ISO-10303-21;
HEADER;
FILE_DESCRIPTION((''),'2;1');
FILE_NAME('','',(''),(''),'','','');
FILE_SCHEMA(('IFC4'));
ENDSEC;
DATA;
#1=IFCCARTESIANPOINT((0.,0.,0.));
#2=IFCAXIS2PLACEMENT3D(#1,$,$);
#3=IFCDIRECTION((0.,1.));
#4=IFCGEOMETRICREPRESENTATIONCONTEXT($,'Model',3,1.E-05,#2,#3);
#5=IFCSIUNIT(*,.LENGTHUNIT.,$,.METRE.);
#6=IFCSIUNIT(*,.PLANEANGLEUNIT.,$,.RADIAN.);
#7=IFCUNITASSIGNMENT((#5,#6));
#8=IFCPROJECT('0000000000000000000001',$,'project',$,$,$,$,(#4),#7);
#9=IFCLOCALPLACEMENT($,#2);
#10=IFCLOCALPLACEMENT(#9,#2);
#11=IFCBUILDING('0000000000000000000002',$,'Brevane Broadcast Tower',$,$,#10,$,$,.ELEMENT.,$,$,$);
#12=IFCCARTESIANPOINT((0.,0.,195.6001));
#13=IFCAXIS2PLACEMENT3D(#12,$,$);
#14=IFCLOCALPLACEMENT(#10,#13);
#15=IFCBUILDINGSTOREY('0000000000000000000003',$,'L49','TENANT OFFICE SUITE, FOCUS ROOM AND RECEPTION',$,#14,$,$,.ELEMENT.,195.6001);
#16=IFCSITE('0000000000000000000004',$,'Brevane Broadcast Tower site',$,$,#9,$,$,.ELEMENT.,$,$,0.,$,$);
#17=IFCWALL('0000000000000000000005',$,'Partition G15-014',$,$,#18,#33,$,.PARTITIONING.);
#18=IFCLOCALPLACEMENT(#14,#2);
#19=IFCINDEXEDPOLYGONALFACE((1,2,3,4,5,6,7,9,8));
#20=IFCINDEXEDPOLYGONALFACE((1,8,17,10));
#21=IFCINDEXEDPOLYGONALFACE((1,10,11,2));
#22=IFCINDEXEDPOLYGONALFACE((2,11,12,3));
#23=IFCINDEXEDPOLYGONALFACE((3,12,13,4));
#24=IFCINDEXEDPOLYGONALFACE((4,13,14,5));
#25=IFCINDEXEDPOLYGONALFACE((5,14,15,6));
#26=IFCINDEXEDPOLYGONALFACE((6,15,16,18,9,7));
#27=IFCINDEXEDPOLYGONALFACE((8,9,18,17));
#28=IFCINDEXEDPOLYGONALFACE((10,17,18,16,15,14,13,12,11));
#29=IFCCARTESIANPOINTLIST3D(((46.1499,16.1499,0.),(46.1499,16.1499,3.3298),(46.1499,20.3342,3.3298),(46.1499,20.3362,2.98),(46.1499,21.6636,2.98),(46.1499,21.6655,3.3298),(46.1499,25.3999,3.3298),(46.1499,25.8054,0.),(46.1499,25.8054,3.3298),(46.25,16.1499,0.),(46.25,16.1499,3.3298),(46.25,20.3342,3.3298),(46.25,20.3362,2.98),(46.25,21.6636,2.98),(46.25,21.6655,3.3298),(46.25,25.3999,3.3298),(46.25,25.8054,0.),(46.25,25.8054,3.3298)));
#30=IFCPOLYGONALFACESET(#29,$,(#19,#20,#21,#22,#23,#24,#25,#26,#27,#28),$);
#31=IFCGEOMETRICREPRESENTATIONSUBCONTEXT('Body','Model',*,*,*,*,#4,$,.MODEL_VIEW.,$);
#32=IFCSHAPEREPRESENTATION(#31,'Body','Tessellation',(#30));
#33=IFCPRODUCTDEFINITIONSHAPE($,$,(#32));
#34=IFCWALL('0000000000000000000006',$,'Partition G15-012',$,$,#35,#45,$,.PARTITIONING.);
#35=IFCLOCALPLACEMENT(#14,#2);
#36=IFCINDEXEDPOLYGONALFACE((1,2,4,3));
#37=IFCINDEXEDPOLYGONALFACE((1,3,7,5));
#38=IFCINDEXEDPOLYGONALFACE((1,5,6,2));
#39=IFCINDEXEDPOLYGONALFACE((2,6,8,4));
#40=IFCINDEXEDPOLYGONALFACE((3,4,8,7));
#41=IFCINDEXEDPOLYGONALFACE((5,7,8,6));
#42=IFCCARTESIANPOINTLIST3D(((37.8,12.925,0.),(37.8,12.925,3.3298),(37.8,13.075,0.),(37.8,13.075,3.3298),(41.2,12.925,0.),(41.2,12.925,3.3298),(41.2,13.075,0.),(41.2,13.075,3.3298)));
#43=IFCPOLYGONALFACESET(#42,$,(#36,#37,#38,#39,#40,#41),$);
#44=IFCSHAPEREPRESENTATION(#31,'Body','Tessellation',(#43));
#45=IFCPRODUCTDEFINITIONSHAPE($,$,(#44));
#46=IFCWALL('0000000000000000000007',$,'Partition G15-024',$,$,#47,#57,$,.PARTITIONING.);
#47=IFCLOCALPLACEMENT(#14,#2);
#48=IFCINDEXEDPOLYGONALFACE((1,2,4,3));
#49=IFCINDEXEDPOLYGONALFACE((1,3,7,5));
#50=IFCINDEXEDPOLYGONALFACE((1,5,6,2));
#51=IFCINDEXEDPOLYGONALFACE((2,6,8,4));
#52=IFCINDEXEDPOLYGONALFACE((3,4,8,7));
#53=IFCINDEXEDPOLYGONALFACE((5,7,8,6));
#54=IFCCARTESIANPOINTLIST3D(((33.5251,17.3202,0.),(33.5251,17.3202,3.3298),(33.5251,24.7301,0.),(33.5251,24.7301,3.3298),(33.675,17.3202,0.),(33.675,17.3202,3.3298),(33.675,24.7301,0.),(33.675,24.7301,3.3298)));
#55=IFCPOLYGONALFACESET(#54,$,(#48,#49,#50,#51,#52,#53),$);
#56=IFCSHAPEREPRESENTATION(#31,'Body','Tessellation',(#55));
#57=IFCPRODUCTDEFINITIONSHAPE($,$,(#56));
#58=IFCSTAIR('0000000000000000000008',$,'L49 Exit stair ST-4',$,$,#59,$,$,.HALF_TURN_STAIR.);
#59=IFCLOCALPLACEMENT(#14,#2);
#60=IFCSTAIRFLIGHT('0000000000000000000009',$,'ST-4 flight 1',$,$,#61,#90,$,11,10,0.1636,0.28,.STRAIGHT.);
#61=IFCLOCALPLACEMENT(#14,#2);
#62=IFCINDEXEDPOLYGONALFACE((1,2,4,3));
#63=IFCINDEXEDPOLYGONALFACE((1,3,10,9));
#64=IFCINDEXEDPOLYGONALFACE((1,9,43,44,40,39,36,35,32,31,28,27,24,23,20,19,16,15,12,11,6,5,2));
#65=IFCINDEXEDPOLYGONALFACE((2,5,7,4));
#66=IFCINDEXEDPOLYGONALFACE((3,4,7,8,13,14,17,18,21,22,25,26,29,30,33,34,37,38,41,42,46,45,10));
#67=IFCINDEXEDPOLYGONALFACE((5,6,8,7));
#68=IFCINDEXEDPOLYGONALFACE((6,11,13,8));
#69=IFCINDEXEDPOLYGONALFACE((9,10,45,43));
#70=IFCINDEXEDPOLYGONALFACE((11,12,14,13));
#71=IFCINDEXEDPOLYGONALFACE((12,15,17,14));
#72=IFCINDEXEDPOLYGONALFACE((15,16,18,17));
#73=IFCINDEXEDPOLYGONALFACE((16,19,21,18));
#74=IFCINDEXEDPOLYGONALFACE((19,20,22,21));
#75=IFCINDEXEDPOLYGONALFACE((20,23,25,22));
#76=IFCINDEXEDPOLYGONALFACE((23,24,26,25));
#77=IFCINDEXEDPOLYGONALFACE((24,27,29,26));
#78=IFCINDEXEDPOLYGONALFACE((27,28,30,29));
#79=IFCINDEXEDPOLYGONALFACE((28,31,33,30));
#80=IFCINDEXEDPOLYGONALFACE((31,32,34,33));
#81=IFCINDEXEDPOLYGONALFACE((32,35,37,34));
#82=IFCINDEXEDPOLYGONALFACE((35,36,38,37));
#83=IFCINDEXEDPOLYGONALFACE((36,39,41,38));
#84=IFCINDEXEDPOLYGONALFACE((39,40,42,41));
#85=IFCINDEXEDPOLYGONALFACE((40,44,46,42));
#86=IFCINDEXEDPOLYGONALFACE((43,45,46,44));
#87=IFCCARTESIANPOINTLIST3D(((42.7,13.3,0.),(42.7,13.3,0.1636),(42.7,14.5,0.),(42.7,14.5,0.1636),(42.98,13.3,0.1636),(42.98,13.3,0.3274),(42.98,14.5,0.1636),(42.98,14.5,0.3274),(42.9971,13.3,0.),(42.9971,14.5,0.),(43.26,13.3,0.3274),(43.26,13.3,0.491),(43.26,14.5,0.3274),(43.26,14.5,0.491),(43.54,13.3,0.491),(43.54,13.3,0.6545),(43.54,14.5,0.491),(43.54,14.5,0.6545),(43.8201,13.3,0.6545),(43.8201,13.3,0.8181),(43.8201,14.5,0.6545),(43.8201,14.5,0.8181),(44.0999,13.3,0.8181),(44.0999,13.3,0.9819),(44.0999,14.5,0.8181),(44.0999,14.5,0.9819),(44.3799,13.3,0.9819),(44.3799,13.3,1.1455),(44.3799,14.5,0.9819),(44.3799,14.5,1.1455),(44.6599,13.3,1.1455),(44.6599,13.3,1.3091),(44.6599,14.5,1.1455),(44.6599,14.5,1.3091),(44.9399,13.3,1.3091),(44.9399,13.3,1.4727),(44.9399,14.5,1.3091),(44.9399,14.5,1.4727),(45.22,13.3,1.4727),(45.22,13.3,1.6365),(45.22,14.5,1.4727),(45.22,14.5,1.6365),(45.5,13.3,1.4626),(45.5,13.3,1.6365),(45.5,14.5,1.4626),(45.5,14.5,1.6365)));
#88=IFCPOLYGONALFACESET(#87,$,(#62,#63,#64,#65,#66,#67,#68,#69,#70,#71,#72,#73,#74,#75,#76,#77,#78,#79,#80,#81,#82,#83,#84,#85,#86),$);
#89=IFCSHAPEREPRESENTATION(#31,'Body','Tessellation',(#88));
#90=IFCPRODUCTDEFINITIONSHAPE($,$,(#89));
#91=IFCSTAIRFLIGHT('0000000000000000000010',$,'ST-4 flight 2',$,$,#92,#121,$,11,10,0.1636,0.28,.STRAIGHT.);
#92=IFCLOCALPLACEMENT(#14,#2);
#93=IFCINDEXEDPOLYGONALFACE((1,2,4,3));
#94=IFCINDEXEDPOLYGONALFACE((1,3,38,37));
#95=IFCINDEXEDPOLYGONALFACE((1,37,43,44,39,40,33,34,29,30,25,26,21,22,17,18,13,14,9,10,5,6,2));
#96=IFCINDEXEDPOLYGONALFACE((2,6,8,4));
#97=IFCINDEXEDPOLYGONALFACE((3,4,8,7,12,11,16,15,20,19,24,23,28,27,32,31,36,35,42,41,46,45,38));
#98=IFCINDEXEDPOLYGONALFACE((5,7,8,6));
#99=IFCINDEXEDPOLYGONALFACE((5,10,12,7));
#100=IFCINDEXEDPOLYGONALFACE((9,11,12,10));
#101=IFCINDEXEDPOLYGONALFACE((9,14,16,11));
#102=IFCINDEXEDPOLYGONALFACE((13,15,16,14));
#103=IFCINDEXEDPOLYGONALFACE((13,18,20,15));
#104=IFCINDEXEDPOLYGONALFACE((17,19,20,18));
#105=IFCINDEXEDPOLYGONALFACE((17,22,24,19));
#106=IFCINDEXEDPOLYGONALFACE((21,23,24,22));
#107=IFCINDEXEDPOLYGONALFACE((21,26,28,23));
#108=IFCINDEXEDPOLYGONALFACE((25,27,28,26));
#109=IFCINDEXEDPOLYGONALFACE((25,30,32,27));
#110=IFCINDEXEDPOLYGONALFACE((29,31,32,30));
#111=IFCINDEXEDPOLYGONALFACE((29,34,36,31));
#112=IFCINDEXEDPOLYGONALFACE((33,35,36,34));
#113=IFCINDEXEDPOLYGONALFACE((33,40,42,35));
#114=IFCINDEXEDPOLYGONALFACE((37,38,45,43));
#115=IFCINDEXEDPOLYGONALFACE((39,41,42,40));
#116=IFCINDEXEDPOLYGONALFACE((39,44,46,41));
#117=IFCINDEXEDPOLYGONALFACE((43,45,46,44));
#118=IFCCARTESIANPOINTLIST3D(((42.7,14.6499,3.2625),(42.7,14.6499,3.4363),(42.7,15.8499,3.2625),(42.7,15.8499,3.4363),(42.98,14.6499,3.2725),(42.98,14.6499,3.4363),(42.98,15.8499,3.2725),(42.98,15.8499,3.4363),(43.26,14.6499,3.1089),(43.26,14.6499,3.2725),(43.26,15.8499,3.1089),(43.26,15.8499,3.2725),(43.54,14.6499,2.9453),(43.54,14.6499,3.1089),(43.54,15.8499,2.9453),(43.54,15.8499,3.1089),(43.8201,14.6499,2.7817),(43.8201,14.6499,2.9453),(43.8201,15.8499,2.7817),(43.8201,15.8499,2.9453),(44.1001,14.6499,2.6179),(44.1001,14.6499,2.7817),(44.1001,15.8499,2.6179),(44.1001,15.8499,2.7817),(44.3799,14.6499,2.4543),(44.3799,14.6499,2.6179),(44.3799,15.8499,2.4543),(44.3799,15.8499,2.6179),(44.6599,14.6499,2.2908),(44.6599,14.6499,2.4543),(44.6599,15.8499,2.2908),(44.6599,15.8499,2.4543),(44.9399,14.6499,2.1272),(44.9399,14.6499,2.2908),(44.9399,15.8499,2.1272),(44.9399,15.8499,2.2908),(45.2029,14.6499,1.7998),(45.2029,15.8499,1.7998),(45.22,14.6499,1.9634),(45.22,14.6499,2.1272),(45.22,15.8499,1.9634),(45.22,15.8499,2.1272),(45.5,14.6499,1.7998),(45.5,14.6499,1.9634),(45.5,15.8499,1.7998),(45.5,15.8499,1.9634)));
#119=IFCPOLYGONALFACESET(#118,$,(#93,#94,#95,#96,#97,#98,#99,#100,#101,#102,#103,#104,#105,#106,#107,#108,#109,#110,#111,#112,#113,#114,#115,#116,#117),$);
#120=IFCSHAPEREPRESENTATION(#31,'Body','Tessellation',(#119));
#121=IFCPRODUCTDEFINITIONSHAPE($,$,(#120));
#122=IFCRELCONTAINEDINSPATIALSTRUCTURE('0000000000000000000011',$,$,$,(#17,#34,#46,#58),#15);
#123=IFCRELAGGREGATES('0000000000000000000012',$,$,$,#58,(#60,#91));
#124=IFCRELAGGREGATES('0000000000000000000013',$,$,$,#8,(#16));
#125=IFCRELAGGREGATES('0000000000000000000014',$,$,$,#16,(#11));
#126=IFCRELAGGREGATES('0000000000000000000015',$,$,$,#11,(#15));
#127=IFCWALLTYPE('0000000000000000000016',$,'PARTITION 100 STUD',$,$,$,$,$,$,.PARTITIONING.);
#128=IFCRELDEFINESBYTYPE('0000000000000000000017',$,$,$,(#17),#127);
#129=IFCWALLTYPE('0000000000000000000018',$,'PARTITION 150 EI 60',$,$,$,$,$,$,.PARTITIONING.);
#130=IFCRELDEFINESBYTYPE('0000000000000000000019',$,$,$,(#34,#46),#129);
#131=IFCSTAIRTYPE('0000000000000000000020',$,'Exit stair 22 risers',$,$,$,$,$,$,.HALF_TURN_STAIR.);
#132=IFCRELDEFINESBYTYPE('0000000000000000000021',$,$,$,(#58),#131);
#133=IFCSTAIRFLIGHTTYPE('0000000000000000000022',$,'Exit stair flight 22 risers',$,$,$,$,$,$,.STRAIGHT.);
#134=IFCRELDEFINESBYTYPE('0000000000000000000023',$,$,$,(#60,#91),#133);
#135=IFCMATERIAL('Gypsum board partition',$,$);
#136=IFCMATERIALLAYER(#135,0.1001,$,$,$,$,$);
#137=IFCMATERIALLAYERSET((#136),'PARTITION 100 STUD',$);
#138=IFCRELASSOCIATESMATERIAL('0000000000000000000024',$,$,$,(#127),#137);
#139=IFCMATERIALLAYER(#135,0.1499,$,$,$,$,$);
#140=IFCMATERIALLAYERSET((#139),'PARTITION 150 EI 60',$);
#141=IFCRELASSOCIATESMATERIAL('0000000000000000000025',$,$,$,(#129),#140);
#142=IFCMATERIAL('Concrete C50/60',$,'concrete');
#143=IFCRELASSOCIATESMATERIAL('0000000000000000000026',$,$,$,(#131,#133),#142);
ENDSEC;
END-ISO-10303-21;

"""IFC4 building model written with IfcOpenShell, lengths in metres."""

from ifc_helpers import new_model, si_unit, direction, frame, frame_2d, origin, place, context, subcontext, project, spatial, polyline, rectangle, outline, extrude, material, layer, layer_set, type_object, element, aggregate, save


model = new_model("IFC4")

# Units and contexts
model_context = context("Model", 3, precision=1e-05, world=origin(), true_north=direction((0.0, 1.0)))
body_context = subcontext(model_context, "Body", "Model", "MODEL_VIEW")
ifc_project = project(units=[si_unit("LENGTHUNIT", "METRE"), si_unit("PLANEANGLEUNIT", "RADIAN")], contexts=[model_context])

# Site, building, storey
site_placement = place(None, origin())
site = spatial("IfcSite", under=ifc_project, at=site_placement, Name="Brevane Broadcast Tower site", CompositionType="ELEMENT", RefElevation=0.0)
building_placement = place(site_placement, origin())
building = spatial("IfcBuilding", under=site, at=building_placement, Name="Brevane Broadcast Tower", CompositionType="ELEMENT")
storey_placement = place(building_placement, frame((0.0, 0.0, 195.6001)))
storey = spatial("IfcBuildingStorey", under=building, at=storey_placement, Name="L49", Description="TENANT OFFICE SUITE, FOCUS ROOM AND RECEPTION", CompositionType="ELEMENT", Elevation=195.6001)

# Wall
ifc_material_1 = material(Name="Gypsum board partition")
ifc_layer_1 = layer(ifc_material_1, 0.1001)
ifc_layer_set_1 = layer_set([ifc_layer_1], Name="PARTITION 100 STUD")
wall_type_1 = type_object("IfcWallType", Name="PARTITION 100 STUD", PredefinedType="PARTITIONING", material=ifc_layer_set_1)
wall_1_placement = place(storey_placement, frame((46.2, 16.1499, 0.0), z_axis=(0.0, 0.0, 1.0), x_axis=(0.0, 1.0, 0.0)))
element("IfcWall", 1, at=wall_1_placement, inside=storey, type_object=wall_type_1, Name="Partition G15-014", PredefinedType="PARTITIONING", context=body_context, shape_type="SweptSolid", body=[
    extrude(outline(polyline([(0.0, 0.0), (9.6555, 0.0), (9.6555, 3.3298), (9.25, 3.3298), (5.5156, 3.3298), (5.5137, 2.98), (4.1863, 2.98), (4.1843, 3.3298), (0.0, 3.3298), (0.0, 0.0)])), frame((0.0, 0.05, 0.0), z_axis=(0.0, -1.0, 0.0), x_axis=(1.0, 0.0, 0.0)), (0.0, 0.0, 1.0), 0.1001),
])

# Shared definitions
ifc_layer_2 = layer(ifc_material_1, 0.1499)
ifc_layer_set_2 = layer_set([ifc_layer_2], Name="PARTITION 150 EI 60")
wall_type_2 = type_object("IfcWallType", Name="PARTITION 150 EI 60", PredefinedType="PARTITIONING", material=ifc_layer_set_2)

# Walls
wall_2_placement = place(storey_placement, frame((37.8, 13.0, 0.0), z_axis=(0.0, 0.0, 1.0), x_axis=(1.0, 0.0, 0.0)))
element("IfcWall", 2, at=wall_2_placement, inside=storey, type_object=wall_type_2, Name="Partition G15-012", PredefinedType="PARTITIONING", context=body_context, shape_type="SweptSolid", body=[
    extrude(rectangle(XDim=3.3999, YDim=0.1499, at=frame_2d((1.7, 0.0))), origin(), (0.0, 0.0, 1.0), 3.3298),
])
wall_3_placement = place(storey_placement, frame((33.6001, 17.3201, 0.0), z_axis=(0.0, 0.0, 1.0), x_axis=(0.0, 1.0, 0.0)))
element("IfcWall", 3, at=wall_3_placement, inside=storey, type_object=wall_type_2, Name="Partition G15-024", PredefinedType="PARTITIONING", context=body_context, shape_type="SweptSolid", body=[
    extrude(rectangle(XDim=7.4099, YDim=0.1499, at=frame_2d((3.7051, 0.0))), origin(), (0.0, 0.0, 1.0), 3.3298),
])

# Stair, stair flights
ifc_material_2 = material(Name="Concrete C50/60", Category="concrete")
stair_type = type_object("IfcStairType", Name="Exit stair 22 risers", PredefinedType="HALF_TURN_STAIR", material=ifc_material_2)
stair_placement = place(storey_placement, origin())
stair = element("IfcStair", 4, at=stair_placement, inside=storey, type_object=stair_type, Name="L49 Exit stair ST-4", PredefinedType="HALF_TURN_STAIR")
stair_flight_type = type_object("IfcStairFlightType", Name="Exit stair flight 22 risers", PredefinedType="STRAIGHT", material=ifc_material_2)
stair_flight_1_placement = place(storey_placement, frame((42.7, 13.8999, 0.0), z_axis=(0.0, 0.0, 1.0), x_axis=(1.0, 0.0, 0.0)))
stair_flight_1 = element("IfcStairFlight", 5, at=stair_flight_1_placement, type_object=stair_flight_type, Name="ST-4 flight 1", NumberOfRisers=11, NumberOfTreads=10, PredefinedType="STRAIGHT", RiserHeight=0.1636, TreadLength=0.28, context=body_context, shape_type="SweptSolid", body=[
    extrude(outline(polyline([(0.0, 0.0), (0.0, 0.1636), (0.28, 0.1636), (0.28, 0.3274), (0.5601, 0.3274), (0.5601, 0.491), (0.8401, 0.491), (0.8401, 0.6545), (1.1201, 0.6545), (1.1201, 0.8181), (1.3999, 0.8181), (1.3999, 0.9819), (1.6799, 0.9819), (1.6799, 1.1455), (1.96, 1.1455), (1.96, 1.3091), (2.24, 1.3091), (2.24, 1.4727), (2.52, 1.4727), (2.52, 1.6365), (2.8, 1.6365), (2.8, 1.8), (2.8, 1.4626), (0.2971, 0.0), (0.0, 0.0)])), frame((0.0, 0.6001, 0.0), z_axis=(0.0, -1.0, 0.0), x_axis=(1.0, 0.0, 0.0)), (0.0, 0.0, 1.0), 1.2),
])
stair_flight_2_placement = place(storey_placement, frame((45.5, 15.25, 1.7998), z_axis=(0.0, 0.0, 1.0), x_axis=(-1.0, 0.0, 0.0)))
stair_flight_2 = element("IfcStairFlight", 6, at=stair_flight_2_placement, type_object=stair_flight_type, Name="ST-4 flight 2", NumberOfRisers=11, NumberOfTreads=10, PredefinedType="STRAIGHT", RiserHeight=0.1636, TreadLength=0.28, context=body_context, shape_type="SweptSolid", body=[
    extrude(outline(polyline([(0.0, 0.0), (0.0, 0.1636), (0.28, 0.1636), (0.28, 0.3274), (0.5601, 0.3274), (0.5601, 0.491), (0.8401, 0.491), (0.8401, 0.6545), (1.1201, 0.6545), (1.1201, 0.8181), (1.3999, 0.8181), (1.3999, 0.9819), (1.6799, 0.9819), (1.6799, 1.1455), (1.96, 1.1455), (1.96, 1.3091), (2.24, 1.3091), (2.24, 1.4727), (2.52, 1.4727), (2.52, 1.6365), (2.8, 1.6365), (2.8, 1.8), (2.8, 1.4626), (0.2971, 0.0), (0.0, 0.0)])), frame((0.0, 0.6001, 0.0), z_axis=(0.0, -1.0, 0.0), x_axis=(1.0, 0.0, 0.0)), (0.0, 0.0, 1.0), 1.2),
])
aggregate(stair, [stair_flight_1, stair_flight_2])

save(model, "model.ifc")
